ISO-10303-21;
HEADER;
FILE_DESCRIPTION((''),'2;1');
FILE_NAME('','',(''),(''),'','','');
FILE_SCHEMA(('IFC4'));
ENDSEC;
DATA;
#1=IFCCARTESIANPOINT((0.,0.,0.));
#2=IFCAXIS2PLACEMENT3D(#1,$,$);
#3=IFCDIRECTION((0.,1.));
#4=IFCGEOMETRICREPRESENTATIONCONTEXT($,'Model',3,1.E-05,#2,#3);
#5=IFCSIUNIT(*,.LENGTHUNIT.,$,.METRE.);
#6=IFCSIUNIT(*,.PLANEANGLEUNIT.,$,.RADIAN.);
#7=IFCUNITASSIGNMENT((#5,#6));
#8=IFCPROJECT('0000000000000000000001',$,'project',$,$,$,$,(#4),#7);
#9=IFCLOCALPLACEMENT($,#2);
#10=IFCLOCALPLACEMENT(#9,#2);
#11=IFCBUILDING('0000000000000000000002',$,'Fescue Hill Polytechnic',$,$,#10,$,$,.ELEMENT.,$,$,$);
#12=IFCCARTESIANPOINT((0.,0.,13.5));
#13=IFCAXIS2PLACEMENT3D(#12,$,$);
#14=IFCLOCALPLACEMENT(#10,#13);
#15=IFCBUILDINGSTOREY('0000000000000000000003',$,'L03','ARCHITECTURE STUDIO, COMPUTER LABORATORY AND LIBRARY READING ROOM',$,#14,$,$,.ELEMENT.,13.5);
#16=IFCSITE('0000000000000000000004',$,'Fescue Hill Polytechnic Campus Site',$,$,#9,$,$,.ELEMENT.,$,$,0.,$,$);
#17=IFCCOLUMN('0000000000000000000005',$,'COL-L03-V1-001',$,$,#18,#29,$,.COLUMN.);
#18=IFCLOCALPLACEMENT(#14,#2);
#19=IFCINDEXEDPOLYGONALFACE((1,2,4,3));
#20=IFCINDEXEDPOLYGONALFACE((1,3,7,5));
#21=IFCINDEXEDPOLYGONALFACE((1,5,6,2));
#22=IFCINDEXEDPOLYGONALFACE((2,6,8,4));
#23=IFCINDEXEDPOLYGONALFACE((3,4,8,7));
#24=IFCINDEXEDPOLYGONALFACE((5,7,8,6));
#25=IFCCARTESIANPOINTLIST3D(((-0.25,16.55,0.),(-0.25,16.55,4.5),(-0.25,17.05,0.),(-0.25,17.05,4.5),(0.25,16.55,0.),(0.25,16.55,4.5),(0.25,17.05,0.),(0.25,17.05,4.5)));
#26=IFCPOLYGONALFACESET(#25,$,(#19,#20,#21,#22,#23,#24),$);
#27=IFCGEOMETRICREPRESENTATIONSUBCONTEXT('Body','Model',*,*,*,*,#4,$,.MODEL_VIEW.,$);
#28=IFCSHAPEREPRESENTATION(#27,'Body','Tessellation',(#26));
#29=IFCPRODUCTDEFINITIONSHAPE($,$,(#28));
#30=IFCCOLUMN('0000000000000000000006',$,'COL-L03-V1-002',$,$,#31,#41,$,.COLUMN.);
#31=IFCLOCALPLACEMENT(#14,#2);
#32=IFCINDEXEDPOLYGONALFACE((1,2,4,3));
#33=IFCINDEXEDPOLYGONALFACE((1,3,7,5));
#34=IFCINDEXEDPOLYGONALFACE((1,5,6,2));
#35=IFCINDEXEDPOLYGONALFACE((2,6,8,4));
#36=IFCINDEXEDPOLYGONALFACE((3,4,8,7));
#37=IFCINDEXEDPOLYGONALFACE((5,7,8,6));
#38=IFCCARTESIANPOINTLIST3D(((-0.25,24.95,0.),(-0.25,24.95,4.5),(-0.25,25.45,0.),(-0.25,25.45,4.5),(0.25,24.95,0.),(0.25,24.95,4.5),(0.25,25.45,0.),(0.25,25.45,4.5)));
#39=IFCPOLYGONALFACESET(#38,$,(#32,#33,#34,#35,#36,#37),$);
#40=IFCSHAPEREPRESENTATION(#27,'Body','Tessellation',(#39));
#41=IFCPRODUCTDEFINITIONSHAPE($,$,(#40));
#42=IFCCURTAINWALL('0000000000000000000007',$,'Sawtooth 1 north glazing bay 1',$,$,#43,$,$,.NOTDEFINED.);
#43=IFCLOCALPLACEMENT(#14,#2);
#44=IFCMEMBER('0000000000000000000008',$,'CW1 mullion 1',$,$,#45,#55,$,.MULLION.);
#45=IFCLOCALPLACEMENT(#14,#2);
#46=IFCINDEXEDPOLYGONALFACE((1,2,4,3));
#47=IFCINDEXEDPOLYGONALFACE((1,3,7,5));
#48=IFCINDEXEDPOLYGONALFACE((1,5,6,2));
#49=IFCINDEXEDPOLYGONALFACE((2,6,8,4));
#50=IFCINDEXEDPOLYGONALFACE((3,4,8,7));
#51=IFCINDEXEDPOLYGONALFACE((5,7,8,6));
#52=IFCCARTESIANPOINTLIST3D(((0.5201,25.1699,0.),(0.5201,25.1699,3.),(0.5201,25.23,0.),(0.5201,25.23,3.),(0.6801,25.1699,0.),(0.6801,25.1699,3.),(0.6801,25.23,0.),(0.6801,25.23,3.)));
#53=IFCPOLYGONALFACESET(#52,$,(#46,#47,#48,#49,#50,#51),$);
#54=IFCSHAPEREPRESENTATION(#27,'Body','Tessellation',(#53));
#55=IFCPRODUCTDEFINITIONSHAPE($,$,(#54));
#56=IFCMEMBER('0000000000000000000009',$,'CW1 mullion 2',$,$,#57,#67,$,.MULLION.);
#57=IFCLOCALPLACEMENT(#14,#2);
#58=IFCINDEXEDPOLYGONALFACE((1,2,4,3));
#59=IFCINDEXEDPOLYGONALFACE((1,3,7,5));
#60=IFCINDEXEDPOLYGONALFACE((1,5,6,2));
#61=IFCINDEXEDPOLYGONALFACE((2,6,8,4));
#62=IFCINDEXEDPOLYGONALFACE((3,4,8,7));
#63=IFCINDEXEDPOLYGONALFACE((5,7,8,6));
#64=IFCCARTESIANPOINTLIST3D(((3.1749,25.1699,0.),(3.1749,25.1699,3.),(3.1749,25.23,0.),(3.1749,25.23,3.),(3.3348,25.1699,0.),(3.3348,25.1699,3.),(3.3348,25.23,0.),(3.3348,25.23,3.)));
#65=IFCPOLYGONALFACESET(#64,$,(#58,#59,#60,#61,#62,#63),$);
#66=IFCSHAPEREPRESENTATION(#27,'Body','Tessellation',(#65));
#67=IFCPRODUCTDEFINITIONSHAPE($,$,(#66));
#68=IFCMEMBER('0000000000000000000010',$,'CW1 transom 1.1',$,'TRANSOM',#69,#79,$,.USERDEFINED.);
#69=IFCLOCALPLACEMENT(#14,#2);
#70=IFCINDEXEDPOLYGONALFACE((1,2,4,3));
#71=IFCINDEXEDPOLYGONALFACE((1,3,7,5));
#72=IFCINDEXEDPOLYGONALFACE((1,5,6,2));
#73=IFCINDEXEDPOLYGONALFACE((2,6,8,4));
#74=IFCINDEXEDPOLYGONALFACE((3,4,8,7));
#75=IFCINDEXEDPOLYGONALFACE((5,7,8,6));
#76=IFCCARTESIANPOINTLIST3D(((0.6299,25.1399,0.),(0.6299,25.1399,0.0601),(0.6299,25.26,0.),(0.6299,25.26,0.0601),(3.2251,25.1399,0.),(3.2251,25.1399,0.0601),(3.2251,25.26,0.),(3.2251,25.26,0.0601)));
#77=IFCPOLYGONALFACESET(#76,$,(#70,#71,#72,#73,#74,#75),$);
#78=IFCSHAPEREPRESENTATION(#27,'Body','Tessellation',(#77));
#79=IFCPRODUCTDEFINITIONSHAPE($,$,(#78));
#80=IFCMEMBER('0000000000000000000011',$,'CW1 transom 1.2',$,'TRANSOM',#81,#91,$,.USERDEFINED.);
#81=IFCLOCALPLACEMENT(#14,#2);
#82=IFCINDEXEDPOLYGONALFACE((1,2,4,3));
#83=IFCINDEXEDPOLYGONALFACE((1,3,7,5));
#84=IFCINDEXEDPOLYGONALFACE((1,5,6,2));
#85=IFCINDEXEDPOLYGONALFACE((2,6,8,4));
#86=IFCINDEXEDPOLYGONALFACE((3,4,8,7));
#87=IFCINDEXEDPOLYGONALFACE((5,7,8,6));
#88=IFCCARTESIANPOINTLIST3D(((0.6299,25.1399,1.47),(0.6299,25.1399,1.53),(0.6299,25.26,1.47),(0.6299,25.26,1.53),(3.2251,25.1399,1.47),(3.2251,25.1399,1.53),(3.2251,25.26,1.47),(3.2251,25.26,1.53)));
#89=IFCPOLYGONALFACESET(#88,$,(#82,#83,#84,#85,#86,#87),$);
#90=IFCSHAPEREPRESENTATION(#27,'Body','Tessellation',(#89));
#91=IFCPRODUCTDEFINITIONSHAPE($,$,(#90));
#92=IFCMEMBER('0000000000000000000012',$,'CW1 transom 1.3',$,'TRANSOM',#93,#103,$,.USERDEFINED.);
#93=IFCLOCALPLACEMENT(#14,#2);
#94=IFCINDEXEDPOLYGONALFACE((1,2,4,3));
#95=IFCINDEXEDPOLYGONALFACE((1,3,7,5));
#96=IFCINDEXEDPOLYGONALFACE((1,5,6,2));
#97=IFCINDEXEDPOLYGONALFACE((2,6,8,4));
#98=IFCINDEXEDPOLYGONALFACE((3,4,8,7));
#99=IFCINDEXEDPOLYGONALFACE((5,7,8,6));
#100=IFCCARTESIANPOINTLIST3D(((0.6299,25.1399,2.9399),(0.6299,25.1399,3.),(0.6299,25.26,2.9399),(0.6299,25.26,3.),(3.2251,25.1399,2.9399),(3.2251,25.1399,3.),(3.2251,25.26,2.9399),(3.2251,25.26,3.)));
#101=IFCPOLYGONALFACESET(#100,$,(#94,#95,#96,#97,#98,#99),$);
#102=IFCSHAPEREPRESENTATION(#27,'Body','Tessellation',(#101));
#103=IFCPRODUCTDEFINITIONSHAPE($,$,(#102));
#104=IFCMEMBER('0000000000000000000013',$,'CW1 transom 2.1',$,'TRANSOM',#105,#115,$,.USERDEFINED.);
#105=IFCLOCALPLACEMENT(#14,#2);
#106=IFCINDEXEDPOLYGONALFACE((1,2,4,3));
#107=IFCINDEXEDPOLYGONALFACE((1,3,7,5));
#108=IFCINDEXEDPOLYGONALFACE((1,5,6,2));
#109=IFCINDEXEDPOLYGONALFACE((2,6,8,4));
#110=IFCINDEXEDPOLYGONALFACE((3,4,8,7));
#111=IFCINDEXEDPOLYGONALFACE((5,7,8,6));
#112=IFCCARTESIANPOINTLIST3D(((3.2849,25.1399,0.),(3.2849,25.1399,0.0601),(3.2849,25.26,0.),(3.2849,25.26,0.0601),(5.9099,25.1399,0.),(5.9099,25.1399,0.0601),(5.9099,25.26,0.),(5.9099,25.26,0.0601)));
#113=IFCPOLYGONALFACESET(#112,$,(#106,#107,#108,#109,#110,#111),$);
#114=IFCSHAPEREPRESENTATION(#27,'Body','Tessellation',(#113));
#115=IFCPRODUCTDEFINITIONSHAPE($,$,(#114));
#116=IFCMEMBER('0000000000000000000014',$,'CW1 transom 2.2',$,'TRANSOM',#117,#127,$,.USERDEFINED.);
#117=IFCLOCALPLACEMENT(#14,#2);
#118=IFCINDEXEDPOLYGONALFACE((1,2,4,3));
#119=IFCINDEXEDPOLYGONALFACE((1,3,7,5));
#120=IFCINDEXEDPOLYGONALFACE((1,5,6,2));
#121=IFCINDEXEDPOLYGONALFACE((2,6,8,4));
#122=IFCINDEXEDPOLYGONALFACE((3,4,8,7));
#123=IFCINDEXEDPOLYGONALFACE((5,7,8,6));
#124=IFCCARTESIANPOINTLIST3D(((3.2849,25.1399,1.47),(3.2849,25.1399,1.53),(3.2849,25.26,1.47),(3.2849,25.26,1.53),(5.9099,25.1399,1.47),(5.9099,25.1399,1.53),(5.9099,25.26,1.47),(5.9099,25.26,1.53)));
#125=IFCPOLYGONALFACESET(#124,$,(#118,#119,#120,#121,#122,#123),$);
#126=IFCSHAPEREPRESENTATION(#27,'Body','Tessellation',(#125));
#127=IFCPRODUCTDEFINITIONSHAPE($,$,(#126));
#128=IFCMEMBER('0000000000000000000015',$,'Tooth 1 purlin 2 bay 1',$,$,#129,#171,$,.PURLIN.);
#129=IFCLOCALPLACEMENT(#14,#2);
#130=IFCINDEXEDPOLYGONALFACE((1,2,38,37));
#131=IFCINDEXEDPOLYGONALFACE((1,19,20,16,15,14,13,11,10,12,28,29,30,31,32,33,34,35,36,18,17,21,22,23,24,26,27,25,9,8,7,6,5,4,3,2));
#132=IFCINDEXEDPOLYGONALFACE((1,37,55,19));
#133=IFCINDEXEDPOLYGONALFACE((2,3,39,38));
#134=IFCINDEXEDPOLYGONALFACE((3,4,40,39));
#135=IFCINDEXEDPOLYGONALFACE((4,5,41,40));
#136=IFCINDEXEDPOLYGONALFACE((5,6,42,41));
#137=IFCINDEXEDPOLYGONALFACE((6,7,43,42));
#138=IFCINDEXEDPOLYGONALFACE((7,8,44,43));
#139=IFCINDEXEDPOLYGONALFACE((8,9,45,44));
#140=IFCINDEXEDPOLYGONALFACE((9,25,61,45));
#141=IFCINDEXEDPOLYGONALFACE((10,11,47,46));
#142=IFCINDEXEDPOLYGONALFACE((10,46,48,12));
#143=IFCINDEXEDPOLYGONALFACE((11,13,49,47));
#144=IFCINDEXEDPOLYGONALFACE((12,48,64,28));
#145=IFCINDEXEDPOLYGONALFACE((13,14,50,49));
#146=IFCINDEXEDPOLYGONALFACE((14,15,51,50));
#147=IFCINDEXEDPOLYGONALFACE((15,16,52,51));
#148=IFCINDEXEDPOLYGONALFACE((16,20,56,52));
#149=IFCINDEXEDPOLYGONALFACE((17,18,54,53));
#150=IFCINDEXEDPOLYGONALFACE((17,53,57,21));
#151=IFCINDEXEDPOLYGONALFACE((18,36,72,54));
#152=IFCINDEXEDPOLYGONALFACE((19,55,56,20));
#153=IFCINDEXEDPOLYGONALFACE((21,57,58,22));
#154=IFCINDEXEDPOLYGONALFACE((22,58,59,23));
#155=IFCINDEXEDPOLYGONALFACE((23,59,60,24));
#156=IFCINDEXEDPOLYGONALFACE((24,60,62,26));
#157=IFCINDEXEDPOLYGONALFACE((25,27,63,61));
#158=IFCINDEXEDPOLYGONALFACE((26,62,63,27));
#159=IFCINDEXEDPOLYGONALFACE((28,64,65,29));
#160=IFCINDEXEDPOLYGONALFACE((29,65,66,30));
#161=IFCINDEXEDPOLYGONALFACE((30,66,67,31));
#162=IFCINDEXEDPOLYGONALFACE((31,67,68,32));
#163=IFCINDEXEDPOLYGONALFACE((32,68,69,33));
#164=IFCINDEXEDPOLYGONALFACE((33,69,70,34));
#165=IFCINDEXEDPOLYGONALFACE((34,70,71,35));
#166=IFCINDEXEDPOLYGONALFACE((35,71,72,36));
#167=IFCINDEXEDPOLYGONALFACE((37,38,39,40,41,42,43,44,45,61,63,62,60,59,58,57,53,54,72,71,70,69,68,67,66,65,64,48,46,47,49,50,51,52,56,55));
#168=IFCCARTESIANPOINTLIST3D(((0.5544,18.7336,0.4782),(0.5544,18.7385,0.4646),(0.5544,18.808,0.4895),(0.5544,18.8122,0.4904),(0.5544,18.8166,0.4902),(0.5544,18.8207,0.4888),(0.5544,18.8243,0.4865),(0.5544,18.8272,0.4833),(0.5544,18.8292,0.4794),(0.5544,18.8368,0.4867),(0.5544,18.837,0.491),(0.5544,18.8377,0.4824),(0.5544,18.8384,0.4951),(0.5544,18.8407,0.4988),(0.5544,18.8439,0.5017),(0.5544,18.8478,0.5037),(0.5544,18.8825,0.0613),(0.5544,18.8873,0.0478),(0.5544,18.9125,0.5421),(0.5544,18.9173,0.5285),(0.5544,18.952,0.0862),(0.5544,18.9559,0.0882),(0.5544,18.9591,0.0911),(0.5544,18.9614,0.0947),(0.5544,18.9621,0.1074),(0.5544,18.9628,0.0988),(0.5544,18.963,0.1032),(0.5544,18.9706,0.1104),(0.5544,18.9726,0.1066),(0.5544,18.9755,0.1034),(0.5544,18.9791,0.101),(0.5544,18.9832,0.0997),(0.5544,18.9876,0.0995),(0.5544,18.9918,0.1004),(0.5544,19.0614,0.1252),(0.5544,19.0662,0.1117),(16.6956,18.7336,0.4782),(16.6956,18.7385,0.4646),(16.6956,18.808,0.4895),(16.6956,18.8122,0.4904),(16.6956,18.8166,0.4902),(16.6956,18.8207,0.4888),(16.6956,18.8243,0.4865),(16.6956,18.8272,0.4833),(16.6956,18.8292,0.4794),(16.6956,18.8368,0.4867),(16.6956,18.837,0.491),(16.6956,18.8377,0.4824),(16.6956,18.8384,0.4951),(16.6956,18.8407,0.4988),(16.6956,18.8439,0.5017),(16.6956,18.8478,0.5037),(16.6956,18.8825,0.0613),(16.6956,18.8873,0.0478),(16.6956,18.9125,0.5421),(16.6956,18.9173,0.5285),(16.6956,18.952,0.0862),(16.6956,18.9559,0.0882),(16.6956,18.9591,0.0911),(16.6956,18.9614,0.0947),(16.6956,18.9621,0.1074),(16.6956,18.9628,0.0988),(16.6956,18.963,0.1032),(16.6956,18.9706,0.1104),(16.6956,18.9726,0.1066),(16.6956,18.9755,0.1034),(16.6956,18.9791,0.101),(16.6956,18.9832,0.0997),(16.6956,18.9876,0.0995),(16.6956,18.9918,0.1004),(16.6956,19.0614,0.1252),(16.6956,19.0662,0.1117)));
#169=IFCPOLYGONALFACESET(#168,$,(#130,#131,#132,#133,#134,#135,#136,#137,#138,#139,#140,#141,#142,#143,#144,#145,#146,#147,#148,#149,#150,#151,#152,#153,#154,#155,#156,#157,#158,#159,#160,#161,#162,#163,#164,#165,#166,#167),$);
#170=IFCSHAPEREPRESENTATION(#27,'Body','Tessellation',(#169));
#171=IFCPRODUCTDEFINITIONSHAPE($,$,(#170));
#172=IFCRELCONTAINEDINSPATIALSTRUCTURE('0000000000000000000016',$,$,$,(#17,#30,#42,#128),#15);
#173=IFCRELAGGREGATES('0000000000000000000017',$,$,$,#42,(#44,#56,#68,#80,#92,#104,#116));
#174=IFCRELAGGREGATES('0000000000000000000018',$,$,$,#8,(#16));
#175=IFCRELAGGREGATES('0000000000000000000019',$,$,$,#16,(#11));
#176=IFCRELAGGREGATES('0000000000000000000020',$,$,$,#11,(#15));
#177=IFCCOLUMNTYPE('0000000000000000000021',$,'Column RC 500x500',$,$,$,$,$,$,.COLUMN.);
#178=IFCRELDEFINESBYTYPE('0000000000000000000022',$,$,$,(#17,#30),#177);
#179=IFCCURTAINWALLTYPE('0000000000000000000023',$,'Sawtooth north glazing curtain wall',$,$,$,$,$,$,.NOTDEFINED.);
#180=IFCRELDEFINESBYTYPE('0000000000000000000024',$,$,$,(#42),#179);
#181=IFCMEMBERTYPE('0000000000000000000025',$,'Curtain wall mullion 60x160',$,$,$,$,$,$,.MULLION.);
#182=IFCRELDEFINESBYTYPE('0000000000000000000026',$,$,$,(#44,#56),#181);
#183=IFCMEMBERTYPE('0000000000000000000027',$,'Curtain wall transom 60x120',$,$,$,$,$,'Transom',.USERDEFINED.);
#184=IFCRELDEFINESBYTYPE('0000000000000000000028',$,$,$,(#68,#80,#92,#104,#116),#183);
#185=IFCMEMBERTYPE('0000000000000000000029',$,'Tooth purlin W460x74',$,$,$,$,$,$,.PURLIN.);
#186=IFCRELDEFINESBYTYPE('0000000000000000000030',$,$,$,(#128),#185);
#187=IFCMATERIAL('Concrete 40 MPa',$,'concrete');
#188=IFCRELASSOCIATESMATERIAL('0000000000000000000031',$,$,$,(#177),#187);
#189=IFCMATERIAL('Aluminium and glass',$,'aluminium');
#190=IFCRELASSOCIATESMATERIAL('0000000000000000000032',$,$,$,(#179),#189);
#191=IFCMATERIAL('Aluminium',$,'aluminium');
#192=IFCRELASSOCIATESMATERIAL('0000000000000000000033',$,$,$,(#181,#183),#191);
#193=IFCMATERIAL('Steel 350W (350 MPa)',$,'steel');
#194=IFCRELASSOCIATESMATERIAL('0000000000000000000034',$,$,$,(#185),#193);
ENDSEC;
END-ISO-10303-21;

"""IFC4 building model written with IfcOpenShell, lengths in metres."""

from ifc_helpers import new_model, si_unit, direction, frame, origin, origin_2d, place, context, subcontext, project, spatial, rectangle, i_section, extrude, material, material_profile, profile_set, type_object, element, aggregate, save


model = new_model("IFC4")

# Units and contexts
model_context = context("Model", 3, precision=1e-05, world=origin(), true_north=direction((0.0, 1.0)))
body_context = subcontext(model_context, "Body", "Model", "MODEL_VIEW")
ifc_project = project(units=[si_unit("LENGTHUNIT", "METRE"), si_unit("PLANEANGLEUNIT", "RADIAN")], contexts=[model_context])

# Site, building, storey
site_placement = place(None, origin())
site = spatial("IfcSite", under=ifc_project, at=site_placement, Name="Fescue Hill Polytechnic Campus Site", CompositionType="ELEMENT", RefElevation=0.0)
building_placement = place(site_placement, origin())
building = spatial("IfcBuilding", under=site, at=building_placement, Name="Fescue Hill Polytechnic", CompositionType="ELEMENT")
storey_placement = place(building_placement, frame((0.0, 0.0, 13.5)))
storey = spatial("IfcBuildingStorey", under=building, at=storey_placement, Name="L03", Description="ARCHITECTURE STUDIO, COMPUTER LABORATORY AND LIBRARY READING ROOM", CompositionType="ELEMENT", Elevation=13.5)

# Columns
ifc_material_1 = material(Name="Concrete 40 MPa", Category="concrete")
ifc_material_profile_1 = material_profile(ifc_material_1, rectangle(XDim=0.5, YDim=0.5, at=origin_2d()), Name="RC 500x500")
ifc_profile_set_1 = profile_set([ifc_material_profile_1], Name="Concrete 40 MPa")
column_type = type_object("IfcColumnType", Name="Column RC 500x500", PredefinedType="COLUMN", material=ifc_profile_set_1)
for number, where, z_axis, x_axis, name in (
    (1, (0.0, 16.8, 0.0), (0.0, 0.0, 1.0), (1.0, 0.0, 0.0), "COL-L03-V1-001"),
    (2, (0.0, 25.2, 0.0), (0.0, 0.0, 1.0), (1.0, 0.0, 0.0), "COL-L03-V1-002"),
):
    element("IfcColumn", number, at=place(storey_placement, frame(where, z_axis=z_axis, x_axis=x_axis)), inside=storey, type_object=column_type, Name=name, PredefinedType="COLUMN", context=body_context, shape_type="SweptSolid", body=[
        extrude(rectangle(XDim=0.5, YDim=0.5, at=origin_2d()), origin(), (0.0, 0.0, 1.0), 4.5),
    ])

# Curtain wall, members
ifc_material_2 = material(Name="Aluminium and glass", Category="aluminium")
curtain_wall_type = type_object("IfcCurtainWallType", Name="Sawtooth north glazing curtain wall", PredefinedType="NOTDEFINED", material=ifc_material_2)
curtain_wall_placement = place(storey_placement, origin())
curtain_wall = element("IfcCurtainWall", 3, at=curtain_wall_placement, inside=storey, type_object=curtain_wall_type, Name="Sawtooth 1 north glazing bay 1", PredefinedType="NOTDEFINED")
ifc_material_3 = material(Name="Aluminium", Category="aluminium")
ifc_material_profile_2 = material_profile(ifc_material_3, rectangle(XDim=0.0601, YDim=0.1599, at=origin_2d()), Name="Curtain wall mullion 60x160")
ifc_profile_set_2 = profile_set([ifc_material_profile_2], Name="Aluminium")
member_type_1 = type_object("IfcMemberType", Name="Curtain wall mullion 60x160", PredefinedType="MULLION", material=ifc_profile_set_2)
member_1_placement = place(storey_placement, frame((0.6001, 25.2, 0.0), z_axis=(0.0, 0.0, 1.0), x_axis=(0.0, 1.0, 0.0)))
member_1 = element("IfcMember", 4, at=member_1_placement, type_object=member_type_1, Name="CW1 mullion 1", PredefinedType="MULLION", context=body_context, shape_type="SweptSolid", body=[
    extrude(rectangle(XDim=0.0601, YDim=0.1599, at=origin_2d()), origin(), (0.0, 0.0, 1.0), 3.0),
])
member_2_placement = place(storey_placement, frame((3.2549, 25.2, 0.0), z_axis=(0.0, 0.0, 1.0), x_axis=(0.0, 1.0, 0.0)))
member_2 = element("IfcMember", 5, at=member_2_placement, type_object=member_type_1, Name="CW1 mullion 2", PredefinedType="MULLION", context=body_context, shape_type="SweptSolid", body=[
    extrude(rectangle(XDim=0.0601, YDim=0.1599, at=origin_2d()), origin(), (0.0, 0.0, 1.0), 3.0),
])
ifc_material_profile_3 = material_profile(ifc_material_3, rectangle(XDim=0.1201, YDim=0.0601, at=origin_2d()), Name="Curtain wall transom 60x120")
ifc_profile_set_3 = profile_set([ifc_material_profile_3], Name="Aluminium")
member_type_2 = type_object("IfcMemberType", Name="Curtain wall transom 60x120", ElementType="Transom", PredefinedType="USERDEFINED", material=ifc_profile_set_3)
member_3_placement = place(storey_placement, frame((0.6299, 25.2, 0.03), z_axis=(1.0, 0.0, 0.0), x_axis=(0.0, 1.0, 0.0)))
member_3 = element("IfcMember", 6, at=member_3_placement, type_object=member_type_2, Name="CW1 transom 1.1", ObjectType="TRANSOM", PredefinedType="USERDEFINED", context=body_context, shape_type="SweptSolid", body=[
    extrude(rectangle(XDim=0.1201, YDim=0.0601, at=origin_2d()), origin(), (0.0, 0.0, 1.0), 2.5952),
])
member_4_placement = place(storey_placement, frame((0.6299, 25.2, 1.5), z_axis=(1.0, 0.0, 0.0), x_axis=(0.0, 1.0, 0.0)))
member_4 = element("IfcMember", 7, at=member_4_placement, type_object=member_type_2, Name="CW1 transom 1.2", ObjectType="TRANSOM", PredefinedType="USERDEFINED", context=body_context, shape_type="SweptSolid", body=[
    extrude(rectangle(XDim=0.1201, YDim=0.0601, at=origin_2d()), origin(), (0.0, 0.0, 1.0), 2.5952),
])
member_5_placement = place(storey_placement, frame((0.6299, 25.2, 2.97), z_axis=(1.0, 0.0, 0.0), x_axis=(0.0, 1.0, 0.0)))
member_5 = element("IfcMember", 8, at=member_5_placement, type_object=member_type_2, Name="CW1 transom 1.3", ObjectType="TRANSOM", PredefinedType="USERDEFINED", context=body_context, shape_type="SweptSolid", body=[
    extrude(rectangle(XDim=0.1201, YDim=0.0601, at=origin_2d()), origin(), (0.0, 0.0, 1.0), 2.5952),
])
member_6_placement = place(storey_placement, frame((3.2849, 25.2, 0.03), z_axis=(1.0, 0.0, 0.0), x_axis=(0.0, 1.0, 0.0)))
member_6 = element("IfcMember", 9, at=member_6_placement, type_object=member_type_2, Name="CW1 transom 2.1", ObjectType="TRANSOM", PredefinedType="USERDEFINED", context=body_context, shape_type="SweptSolid", body=[
    extrude(rectangle(XDim=0.1201, YDim=0.0601, at=origin_2d()), origin(), (0.0, 0.0, 1.0), 2.625),
])
member_7_placement = place(storey_placement, frame((3.2849, 25.2, 1.5), z_axis=(1.0, 0.0, 0.0), x_axis=(0.0, 1.0, 0.0)))
member_7 = element("IfcMember", 10, at=member_7_placement, type_object=member_type_2, Name="CW1 transom 2.2", ObjectType="TRANSOM", PredefinedType="USERDEFINED", context=body_context, shape_type="SweptSolid", body=[
    extrude(rectangle(XDim=0.1201, YDim=0.0601, at=origin_2d()), origin(), (0.0, 0.0, 1.0), 2.625),
])

# Member
ifc_material_4 = material(Name="Steel 350W (350 MPa)", Category="steel")
ifc_material_profile_4 = material_profile(ifc_material_4, i_section(OverallWidth=0.1899, OverallDepth=0.457, WebThickness=0.009, FlangeThickness=0.0144, FilletRadius=0.0166, at=origin_2d()), Name="W460x74")
ifc_profile_set_4 = profile_set([ifc_material_profile_4], Name="Steel 350W (350 MPa)")
member_type_3 = type_object("IfcMemberType", Name="Tooth purlin W460x74", PredefinedType="PURLIN", material=ifc_profile_set_4)
for number, where, z_axis, x_axis, name in (
    (11, (0.5544, 18.8999, 0.2949), (1.0, 0.0, 0.0), (0.0, 0.941742, 0.336336), "Tooth 1 purlin 2 bay 1"),
):
    element("IfcMember", number, at=place(storey_placement, frame(where, z_axis=z_axis, x_axis=x_axis)), inside=storey, type_object=member_type_3, Name=name, PredefinedType="PURLIN", context=body_context, shape_type="SweptSolid", body=[
        extrude(i_section(OverallWidth=0.1899, OverallDepth=0.457, WebThickness=0.009, FlangeThickness=0.0144, FilletRadius=0.0166, at=origin_2d()), origin(), (0.0, 0.0, 1.0), 16.1411),
    ])

aggregate(curtain_wall, [member_1, member_2, member_3, member_4, member_5, member_6, member_7])

save(model, "model.ifc")
